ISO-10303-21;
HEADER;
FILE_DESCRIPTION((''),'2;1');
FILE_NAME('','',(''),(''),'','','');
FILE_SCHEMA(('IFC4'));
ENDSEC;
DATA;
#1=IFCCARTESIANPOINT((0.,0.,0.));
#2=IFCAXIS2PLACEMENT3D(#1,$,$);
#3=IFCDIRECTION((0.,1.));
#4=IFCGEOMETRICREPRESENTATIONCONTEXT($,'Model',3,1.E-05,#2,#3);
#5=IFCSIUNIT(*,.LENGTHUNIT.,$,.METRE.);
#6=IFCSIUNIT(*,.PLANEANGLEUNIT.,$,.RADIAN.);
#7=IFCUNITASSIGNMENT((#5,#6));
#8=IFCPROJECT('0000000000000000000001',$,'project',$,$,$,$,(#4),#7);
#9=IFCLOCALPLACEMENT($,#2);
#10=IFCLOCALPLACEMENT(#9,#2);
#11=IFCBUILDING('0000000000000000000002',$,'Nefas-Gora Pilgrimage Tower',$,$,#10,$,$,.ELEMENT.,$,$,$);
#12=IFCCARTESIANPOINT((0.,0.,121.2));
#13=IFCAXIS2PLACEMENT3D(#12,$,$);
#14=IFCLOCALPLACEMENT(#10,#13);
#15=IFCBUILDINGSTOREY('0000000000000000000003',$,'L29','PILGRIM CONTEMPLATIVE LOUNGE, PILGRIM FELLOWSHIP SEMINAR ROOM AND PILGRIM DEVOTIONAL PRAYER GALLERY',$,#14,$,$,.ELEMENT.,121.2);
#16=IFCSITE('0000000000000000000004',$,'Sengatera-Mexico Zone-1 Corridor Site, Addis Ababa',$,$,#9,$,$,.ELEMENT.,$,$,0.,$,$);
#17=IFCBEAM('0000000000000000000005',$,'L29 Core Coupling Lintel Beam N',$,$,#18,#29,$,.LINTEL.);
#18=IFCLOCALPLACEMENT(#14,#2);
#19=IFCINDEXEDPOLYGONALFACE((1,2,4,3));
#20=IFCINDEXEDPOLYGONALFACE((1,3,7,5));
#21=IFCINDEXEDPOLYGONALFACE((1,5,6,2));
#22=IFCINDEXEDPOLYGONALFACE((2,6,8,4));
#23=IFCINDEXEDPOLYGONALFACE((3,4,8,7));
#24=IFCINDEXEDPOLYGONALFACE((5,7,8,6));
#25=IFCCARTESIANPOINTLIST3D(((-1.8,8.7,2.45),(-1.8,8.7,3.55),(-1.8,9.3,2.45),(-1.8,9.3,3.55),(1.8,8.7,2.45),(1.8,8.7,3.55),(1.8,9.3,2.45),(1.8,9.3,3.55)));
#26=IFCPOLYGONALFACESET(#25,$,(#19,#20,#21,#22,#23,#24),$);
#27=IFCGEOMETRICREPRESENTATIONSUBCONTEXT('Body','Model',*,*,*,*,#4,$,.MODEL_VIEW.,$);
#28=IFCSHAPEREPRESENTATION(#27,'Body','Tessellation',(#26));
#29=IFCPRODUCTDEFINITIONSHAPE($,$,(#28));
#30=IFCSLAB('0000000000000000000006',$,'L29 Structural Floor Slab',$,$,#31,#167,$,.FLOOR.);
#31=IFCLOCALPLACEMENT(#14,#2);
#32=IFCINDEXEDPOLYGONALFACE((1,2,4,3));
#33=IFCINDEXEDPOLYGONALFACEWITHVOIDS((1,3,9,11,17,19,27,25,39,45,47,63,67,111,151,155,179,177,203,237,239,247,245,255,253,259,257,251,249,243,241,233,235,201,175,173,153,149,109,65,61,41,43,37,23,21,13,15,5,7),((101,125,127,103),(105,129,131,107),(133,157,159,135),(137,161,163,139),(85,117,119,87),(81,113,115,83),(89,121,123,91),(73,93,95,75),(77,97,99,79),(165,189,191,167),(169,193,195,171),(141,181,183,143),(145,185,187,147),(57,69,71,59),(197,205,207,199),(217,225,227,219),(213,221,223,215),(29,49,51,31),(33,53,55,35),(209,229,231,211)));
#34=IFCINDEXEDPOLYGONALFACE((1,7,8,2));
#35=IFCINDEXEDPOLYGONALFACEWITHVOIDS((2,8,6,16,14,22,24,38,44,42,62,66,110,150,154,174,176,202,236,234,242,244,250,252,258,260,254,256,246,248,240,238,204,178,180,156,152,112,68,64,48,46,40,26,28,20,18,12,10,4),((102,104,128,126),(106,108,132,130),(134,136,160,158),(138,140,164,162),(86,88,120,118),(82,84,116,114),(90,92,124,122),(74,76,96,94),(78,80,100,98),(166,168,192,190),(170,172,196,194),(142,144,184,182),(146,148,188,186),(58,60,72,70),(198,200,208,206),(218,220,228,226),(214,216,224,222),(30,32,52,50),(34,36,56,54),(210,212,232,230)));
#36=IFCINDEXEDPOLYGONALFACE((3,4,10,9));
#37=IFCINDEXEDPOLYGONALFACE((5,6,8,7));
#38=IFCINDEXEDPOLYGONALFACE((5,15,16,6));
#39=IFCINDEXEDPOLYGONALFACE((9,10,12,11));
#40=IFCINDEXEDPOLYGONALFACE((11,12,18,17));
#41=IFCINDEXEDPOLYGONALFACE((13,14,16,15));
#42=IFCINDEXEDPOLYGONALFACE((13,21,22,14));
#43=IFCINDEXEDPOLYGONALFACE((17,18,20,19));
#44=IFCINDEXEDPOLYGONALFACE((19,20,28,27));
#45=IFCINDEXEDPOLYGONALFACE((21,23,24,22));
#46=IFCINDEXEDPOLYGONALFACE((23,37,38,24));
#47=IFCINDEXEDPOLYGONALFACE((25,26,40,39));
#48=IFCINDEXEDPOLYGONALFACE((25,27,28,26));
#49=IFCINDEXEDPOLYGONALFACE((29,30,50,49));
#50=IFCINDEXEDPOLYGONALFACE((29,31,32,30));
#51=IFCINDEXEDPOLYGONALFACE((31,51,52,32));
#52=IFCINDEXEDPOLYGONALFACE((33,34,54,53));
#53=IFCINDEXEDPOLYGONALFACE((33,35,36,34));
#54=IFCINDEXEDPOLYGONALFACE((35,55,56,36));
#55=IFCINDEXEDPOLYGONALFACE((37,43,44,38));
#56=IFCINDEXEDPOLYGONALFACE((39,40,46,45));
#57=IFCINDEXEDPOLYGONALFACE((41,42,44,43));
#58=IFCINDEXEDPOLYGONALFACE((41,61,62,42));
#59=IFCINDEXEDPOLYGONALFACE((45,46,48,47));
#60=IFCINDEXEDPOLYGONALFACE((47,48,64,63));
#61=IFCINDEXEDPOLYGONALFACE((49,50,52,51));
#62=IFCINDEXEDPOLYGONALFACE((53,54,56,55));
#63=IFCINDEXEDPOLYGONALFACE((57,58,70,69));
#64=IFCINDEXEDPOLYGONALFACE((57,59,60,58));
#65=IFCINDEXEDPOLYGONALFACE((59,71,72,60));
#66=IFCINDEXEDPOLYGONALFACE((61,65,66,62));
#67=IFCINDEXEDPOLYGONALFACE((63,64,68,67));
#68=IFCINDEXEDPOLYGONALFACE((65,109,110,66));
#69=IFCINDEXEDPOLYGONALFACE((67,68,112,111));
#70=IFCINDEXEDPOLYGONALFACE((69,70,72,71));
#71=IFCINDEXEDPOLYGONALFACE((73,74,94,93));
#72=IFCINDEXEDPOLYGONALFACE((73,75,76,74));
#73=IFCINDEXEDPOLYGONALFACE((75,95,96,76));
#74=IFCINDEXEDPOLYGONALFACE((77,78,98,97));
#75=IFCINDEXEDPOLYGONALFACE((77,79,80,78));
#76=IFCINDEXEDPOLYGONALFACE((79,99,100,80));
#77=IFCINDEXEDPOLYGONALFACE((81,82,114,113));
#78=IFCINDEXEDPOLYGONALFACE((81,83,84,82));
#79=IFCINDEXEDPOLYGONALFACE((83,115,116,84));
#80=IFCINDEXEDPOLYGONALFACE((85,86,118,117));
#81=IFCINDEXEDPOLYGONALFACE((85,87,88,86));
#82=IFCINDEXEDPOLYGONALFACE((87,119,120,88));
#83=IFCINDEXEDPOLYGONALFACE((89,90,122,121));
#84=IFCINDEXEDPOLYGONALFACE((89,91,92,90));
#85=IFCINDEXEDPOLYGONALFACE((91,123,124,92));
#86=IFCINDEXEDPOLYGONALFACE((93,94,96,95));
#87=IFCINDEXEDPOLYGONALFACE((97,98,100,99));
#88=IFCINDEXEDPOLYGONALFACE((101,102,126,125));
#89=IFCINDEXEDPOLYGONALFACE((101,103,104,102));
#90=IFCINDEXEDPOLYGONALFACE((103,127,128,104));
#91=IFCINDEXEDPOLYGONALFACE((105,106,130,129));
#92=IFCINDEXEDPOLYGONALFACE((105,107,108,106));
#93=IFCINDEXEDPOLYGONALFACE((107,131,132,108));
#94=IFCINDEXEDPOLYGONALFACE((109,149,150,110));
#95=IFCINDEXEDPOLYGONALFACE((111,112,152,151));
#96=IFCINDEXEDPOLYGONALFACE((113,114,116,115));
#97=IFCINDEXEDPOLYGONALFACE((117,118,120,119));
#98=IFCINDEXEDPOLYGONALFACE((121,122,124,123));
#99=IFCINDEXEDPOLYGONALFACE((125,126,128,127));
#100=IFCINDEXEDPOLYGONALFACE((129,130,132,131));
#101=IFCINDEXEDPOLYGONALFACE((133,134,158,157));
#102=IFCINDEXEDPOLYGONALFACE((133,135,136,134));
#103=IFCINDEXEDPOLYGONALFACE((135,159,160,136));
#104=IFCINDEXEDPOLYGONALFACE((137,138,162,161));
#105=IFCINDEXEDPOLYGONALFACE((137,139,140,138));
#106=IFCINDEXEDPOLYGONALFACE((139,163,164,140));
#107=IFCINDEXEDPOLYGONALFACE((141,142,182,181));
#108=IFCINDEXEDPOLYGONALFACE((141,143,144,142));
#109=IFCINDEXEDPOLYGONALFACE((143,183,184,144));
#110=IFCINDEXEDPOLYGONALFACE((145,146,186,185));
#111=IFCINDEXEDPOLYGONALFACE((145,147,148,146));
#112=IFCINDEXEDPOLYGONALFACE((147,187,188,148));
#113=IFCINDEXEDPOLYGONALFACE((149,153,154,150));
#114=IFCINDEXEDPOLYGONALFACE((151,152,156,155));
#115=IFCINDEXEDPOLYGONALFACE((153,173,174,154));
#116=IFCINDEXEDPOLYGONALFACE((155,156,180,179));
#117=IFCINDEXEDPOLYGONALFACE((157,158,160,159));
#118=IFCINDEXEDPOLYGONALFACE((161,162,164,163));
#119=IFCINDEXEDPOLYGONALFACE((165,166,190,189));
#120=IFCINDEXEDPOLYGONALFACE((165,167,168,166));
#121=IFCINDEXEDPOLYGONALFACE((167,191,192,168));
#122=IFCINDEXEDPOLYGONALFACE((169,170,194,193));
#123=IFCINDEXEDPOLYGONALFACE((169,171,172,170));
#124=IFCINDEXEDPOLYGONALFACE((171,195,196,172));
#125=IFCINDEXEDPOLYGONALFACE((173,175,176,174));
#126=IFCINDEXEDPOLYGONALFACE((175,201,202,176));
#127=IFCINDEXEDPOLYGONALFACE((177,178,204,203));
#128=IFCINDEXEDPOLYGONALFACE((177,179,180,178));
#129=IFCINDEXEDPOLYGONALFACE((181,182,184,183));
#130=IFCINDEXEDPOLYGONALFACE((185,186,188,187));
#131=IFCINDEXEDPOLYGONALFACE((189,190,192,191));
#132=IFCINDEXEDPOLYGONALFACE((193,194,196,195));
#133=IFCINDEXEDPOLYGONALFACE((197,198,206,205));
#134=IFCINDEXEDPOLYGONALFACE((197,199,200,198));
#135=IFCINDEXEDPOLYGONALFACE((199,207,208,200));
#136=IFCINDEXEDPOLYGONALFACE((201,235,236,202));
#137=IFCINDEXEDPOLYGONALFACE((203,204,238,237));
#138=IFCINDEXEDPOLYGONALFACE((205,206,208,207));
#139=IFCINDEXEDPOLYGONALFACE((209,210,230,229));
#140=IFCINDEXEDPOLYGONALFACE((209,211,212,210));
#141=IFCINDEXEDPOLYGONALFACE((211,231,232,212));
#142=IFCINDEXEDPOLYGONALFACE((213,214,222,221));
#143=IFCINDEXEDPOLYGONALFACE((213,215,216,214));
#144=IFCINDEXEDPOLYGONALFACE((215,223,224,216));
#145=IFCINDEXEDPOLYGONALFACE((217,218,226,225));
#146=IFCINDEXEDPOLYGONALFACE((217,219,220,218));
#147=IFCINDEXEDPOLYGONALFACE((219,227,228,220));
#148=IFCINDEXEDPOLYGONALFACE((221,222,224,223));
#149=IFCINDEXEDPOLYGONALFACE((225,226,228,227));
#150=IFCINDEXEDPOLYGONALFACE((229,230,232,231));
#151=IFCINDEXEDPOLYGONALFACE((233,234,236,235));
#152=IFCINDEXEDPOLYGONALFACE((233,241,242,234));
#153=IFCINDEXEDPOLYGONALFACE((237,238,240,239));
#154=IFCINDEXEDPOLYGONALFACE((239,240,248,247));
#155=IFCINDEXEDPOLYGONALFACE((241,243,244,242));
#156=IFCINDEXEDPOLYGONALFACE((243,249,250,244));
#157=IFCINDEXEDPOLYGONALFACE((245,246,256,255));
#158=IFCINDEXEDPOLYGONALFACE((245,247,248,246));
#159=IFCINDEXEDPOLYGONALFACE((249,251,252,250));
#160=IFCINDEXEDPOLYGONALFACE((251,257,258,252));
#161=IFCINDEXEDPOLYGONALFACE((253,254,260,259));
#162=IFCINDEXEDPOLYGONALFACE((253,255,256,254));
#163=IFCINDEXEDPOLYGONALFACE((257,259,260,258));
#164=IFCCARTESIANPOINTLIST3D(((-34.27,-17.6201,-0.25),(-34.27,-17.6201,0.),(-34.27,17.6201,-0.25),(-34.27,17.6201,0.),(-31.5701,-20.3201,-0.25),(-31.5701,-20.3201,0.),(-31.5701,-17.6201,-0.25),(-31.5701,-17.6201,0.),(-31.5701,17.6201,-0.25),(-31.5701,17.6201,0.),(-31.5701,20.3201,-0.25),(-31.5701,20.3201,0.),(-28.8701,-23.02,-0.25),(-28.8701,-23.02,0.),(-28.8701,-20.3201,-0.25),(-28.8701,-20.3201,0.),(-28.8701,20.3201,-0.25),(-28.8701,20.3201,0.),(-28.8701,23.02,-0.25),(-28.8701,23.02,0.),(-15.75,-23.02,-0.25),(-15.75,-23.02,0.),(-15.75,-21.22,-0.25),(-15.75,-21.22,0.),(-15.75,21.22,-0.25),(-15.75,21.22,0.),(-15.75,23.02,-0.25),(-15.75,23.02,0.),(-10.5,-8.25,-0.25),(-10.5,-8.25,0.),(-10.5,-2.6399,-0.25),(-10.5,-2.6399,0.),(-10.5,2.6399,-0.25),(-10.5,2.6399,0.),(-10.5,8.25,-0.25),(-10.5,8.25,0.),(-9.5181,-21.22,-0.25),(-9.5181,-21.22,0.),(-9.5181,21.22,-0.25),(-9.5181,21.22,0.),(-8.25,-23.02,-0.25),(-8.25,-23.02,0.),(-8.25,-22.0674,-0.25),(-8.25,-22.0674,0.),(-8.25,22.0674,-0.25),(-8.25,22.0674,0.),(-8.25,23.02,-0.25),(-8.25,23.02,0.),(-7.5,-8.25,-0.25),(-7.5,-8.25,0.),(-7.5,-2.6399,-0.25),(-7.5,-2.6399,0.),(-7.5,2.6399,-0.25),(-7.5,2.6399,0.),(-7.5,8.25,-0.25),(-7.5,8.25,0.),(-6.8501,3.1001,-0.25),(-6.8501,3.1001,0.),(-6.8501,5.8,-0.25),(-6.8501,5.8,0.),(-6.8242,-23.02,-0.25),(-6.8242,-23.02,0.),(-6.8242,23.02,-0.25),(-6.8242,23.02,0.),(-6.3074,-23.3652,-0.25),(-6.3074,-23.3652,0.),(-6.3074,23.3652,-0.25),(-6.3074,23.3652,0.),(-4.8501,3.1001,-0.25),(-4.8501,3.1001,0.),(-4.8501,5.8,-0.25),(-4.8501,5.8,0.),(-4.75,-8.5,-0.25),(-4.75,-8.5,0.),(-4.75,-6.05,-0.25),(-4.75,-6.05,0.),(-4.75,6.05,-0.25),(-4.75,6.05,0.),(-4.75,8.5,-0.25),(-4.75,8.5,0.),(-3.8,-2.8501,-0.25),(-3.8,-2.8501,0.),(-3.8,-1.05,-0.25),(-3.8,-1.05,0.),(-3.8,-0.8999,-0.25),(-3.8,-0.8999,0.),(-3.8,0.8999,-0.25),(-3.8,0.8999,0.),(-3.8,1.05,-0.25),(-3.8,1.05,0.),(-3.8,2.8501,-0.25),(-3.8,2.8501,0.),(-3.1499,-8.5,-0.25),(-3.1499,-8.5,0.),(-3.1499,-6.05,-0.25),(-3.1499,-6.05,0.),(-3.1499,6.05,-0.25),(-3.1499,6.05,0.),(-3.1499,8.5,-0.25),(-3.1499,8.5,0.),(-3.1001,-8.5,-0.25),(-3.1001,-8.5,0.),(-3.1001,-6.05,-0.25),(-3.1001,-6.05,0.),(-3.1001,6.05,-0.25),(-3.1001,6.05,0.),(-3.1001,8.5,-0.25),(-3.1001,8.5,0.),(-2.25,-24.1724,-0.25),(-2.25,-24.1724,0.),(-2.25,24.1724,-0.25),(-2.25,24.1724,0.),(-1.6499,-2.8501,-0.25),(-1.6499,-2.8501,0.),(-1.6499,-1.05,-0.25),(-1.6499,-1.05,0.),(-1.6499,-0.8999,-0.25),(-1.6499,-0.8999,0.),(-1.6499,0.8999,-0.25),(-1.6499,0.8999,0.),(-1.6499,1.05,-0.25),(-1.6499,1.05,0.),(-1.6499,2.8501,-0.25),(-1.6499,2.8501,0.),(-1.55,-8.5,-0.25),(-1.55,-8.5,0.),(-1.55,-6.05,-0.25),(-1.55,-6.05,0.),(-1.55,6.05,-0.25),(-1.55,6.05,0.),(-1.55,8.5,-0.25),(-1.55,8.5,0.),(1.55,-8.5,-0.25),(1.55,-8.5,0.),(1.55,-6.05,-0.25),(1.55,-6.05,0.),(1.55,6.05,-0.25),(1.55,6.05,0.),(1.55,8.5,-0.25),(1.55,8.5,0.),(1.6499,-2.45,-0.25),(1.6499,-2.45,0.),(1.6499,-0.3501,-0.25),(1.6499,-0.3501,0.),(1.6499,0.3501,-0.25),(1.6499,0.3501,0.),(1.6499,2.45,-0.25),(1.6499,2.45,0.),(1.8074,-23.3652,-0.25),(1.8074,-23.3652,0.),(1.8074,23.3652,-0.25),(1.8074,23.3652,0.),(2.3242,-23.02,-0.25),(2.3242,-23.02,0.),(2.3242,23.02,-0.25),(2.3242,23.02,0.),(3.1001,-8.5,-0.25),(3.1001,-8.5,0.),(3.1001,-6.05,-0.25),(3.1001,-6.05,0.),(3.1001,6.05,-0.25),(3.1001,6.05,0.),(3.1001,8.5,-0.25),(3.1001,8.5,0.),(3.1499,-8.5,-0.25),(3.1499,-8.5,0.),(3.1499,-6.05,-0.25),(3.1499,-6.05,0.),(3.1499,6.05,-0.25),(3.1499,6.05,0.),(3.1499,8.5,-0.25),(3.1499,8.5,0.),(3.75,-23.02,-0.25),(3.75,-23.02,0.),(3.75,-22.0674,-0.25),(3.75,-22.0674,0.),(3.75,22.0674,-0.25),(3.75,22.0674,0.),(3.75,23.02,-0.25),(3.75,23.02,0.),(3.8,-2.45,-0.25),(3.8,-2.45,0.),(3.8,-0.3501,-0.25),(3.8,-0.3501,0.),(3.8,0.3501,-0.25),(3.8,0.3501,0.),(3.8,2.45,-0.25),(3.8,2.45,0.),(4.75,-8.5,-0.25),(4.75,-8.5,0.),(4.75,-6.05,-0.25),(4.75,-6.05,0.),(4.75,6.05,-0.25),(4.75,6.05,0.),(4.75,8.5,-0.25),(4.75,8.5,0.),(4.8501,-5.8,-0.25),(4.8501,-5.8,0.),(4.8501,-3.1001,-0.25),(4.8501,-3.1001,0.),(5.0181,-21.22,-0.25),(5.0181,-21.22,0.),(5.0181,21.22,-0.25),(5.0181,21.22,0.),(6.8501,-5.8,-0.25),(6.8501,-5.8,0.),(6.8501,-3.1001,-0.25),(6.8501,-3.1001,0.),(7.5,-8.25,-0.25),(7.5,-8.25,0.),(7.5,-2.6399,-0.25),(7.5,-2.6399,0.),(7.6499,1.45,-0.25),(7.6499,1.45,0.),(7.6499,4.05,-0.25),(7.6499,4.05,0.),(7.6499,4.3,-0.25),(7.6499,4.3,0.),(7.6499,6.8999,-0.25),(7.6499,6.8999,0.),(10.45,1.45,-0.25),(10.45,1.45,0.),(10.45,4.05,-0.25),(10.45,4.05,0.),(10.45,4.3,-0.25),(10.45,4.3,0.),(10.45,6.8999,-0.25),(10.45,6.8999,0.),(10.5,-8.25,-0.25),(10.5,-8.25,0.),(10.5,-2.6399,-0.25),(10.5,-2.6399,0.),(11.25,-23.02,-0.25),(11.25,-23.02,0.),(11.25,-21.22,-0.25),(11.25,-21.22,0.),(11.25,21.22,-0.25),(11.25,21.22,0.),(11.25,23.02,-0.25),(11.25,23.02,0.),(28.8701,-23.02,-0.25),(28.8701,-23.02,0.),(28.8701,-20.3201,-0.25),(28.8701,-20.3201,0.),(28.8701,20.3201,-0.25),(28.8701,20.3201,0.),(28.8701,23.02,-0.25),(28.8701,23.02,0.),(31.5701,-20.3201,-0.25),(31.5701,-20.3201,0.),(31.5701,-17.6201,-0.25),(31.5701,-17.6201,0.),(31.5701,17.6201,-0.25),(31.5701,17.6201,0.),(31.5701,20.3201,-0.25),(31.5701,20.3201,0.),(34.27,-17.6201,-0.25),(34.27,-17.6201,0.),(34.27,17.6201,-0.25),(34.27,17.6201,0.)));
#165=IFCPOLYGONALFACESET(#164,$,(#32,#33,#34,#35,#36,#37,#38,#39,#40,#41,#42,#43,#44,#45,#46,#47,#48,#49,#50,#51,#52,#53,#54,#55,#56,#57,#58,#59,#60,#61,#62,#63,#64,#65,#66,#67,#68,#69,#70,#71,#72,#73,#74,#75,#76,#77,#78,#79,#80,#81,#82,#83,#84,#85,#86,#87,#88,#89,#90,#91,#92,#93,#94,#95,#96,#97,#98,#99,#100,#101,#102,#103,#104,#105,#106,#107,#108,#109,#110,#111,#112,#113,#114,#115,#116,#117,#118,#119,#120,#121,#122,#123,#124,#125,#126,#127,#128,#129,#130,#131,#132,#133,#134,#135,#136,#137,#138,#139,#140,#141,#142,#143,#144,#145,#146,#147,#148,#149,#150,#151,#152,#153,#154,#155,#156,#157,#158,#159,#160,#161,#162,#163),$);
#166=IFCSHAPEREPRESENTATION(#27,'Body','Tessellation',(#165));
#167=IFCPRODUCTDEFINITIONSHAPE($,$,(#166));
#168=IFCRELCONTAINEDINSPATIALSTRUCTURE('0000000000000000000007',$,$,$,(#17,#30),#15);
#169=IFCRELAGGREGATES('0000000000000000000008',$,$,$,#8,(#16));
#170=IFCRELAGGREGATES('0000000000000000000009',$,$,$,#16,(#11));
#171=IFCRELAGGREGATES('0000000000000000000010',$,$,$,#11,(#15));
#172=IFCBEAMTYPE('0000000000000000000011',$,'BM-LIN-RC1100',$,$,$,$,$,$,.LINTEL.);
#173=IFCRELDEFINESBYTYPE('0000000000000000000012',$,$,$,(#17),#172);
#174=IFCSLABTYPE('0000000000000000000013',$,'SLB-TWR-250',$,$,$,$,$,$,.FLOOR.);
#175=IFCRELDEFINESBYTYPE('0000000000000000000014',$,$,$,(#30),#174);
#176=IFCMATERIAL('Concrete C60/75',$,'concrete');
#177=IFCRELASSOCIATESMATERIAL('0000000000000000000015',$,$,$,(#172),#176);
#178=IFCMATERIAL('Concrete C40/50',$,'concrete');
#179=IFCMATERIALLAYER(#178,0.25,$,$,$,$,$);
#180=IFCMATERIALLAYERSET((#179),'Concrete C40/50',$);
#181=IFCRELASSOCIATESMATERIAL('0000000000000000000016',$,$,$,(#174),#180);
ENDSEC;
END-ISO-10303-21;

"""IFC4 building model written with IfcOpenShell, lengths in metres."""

from ifc_helpers import new_model, si_unit, direction, frame, origin, origin_2d, place, context, subcontext, project, spatial, polyline, rectangle, outline, extrude, source, transform, mapped, material, layer, layer_set, material_profile, profile_set, type_object, element, save


model = new_model("IFC4")

# Units and contexts
model_context = context("Model", 3, precision=1e-05, world=origin(), true_north=direction((0.0, 1.0)))
body_context = subcontext(model_context, "Body", "Model", "MODEL_VIEW")
ifc_project = project(units=[si_unit("LENGTHUNIT", "METRE"), si_unit("PLANEANGLEUNIT", "RADIAN")], contexts=[model_context])

# Site, building, storey
site_placement = place(None, origin())
site = spatial("IfcSite", under=ifc_project, at=site_placement, Name="Sengatera-Mexico Zone-1 Corridor Site, Addis Ababa", CompositionType="ELEMENT", RefElevation=0.0)
building_placement = place(site_placement, origin())
building = spatial("IfcBuilding", under=site, at=building_placement, Name="Nefas-Gora Pilgrimage Tower", CompositionType="ELEMENT")
storey_placement = place(building_placement, frame((0.0, 0.0, 121.2)))
storey = spatial("IfcBuildingStorey", under=building, at=storey_placement, Name="L29", Description="PILGRIM CONTEMPLATIVE LOUNGE, PILGRIM FELLOWSHIP SEMINAR ROOM AND PILGRIM DEVOTIONAL PRAYER GALLERY", CompositionType="ELEMENT", Elevation=121.2)

# Beam
ifc_material_1 = material(Name="Concrete C60/75", Category="concrete")
ifc_material_profile = material_profile(ifc_material_1, rectangle(XDim=0.6001, YDim=1.1001, at=origin_2d()), Name="RC 600x1100")
ifc_profile_set = profile_set([ifc_material_profile], Name="Concrete C60/75")
beam_type = type_object("IfcBeamType", Name="BM-LIN-RC1100", PredefinedType="LINTEL", material=ifc_profile_set)
shared_shape_1 = source(origin(), body_context, "Body", "SweptSolid", [
    extrude(rectangle(XDim=0.6001, YDim=1.1001, at=origin_2d()), origin(), (0.0, 0.0, 1.0), 3.6001),
])
beam_placement = place(storey_placement, frame((-1.8, 9.0, 3.0), z_axis=(1.0, 0.0, 0.0), x_axis=(0.0, 1.0, 0.0)))
element("IfcBeam", 1, at=beam_placement, inside=storey, type_object=beam_type, Name="L29 Core Coupling Lintel Beam N", PredefinedType="LINTEL", context=body_context, shape_type="MappedRepresentation", body=[
    mapped(shared_shape_1, transform((0.0, 0.0, 0.0), x_axis=(1.0, 0.0, 0.0), y_axis=(0.0, 1.0, 0.0), z_axis=(0.0, 0.0, 1.0), scale=1.0)),
])

# Slab
ifc_material_2 = material(Name="Concrete C40/50", Category="concrete")
ifc_layer_1 = layer(ifc_material_2, 0.25)
ifc_layer_set_1 = layer_set([ifc_layer_1], Name="Concrete C40/50")
slab_type_1 = type_object("IfcSlabType", Name="SLB-TWR-250", PredefinedType="FLOOR", material=ifc_layer_set_1)
slab_1_placement = place(storey_placement, frame((0.0, 0.0, -0.25)))
element("IfcSlab", 2, at=slab_1_placement, inside=storey, type_object=slab_type_1, Name="L29 Structural Floor Slab", PredefinedType="FLOOR", context=body_context, shape_type="SweptSolid", body=[
    extrude(outline(polyline([(5.0181, -21.22), (11.25, -21.22), (11.25, -23.02), (28.8701, -23.02), (28.8701, -20.3201), (31.5701, -20.3201), (31.5701, -17.6201), (34.27, -17.6201), (34.27, 17.6201), (31.5701, 17.6201), (31.5701, 20.3201), (28.8701, 20.3201), (28.8701, 23.02), (11.25, 23.02), (11.25, 21.22), (5.0181, 21.22), (3.75, 22.0674), (3.75, 23.02), (2.3242, 23.02), (1.8074, 23.3652), (-2.25, 24.1724), (-6.3074, 23.3652), (-6.8242, 23.02), (-8.25, 23.02), (-8.25, 22.0674), (-9.5181, 21.22), (-15.75, 21.22), (-15.75, 23.02), (-28.8701, 23.02), (-28.8701, 20.3201), (-31.5701, 20.3201), (-31.5701, 17.6201), (-34.27, 17.6201), (-34.27, -17.6201), (-31.5701, -17.6201), (-31.5701, -20.3201), (-28.8701, -20.3201), (-28.8701, -23.02), (-15.75, -23.02), (-15.75, -21.22), (-9.5181, -21.22), (-8.25, -22.0674), (-8.25, -23.02), (-6.8242, -23.02), (-6.3074, -23.3652), (-2.25, -24.1724), (1.8074, -23.3652), (2.3242, -23.02), (3.75, -23.02), (3.75, -22.0674), (5.0181, -21.22)]), holes=[polyline([(-10.5, 2.6399), (-10.5, 8.25), (-7.5, 8.25), (-7.5, 2.6399), (-10.5, 2.6399)]), polyline([(10.5, -2.6399), (10.5, -8.25), (7.5, -8.25), (7.5, -2.6399), (10.5, -2.6399)]), polyline([(-7.5, -2.6399), (-7.5, -8.25), (-10.5, -8.25), (-10.5, -2.6399), (-7.5, -2.6399)]), polyline([(-6.8501, 5.8), (-4.8501, 5.8), (-4.8501, 3.1001), (-6.8501, 3.1001), (-6.8501, 5.8)]), polyline([(4.8501, -3.1001), (6.8501, -3.1001), (6.8501, -5.8), (4.8501, -5.8), (4.8501, -3.1001)]), polyline([(7.6499, 4.05), (10.45, 4.05), (10.45, 1.45), (7.6499, 1.45), (7.6499, 4.05)]), polyline([(7.6499, 6.8999), (10.45, 6.8999), (10.45, 4.3), (7.6499, 4.3), (7.6499, 6.8999)]), polyline([(-4.75, 8.5), (-3.1499, 8.5), (-3.1499, 6.05), (-4.75, 6.05), (-4.75, 8.5)]), polyline([(-3.1001, 8.5), (-1.55, 8.5), (-1.55, 6.05), (-3.1001, 6.05), (-3.1001, 8.5)]), polyline([(1.55, 8.5), (3.1001, 8.5), (3.1001, 6.05), (1.55, 6.05), (1.55, 8.5)]), polyline([(3.1499, 8.5), (4.75, 8.5), (4.75, 6.05), (3.1499, 6.05), (3.1499, 8.5)]), polyline([(-4.75, -6.05), (-3.1499, -6.05), (-3.1499, -8.5), (-4.75, -8.5), (-4.75, -6.05)]), polyline([(-3.1001, -6.05), (-1.55, -6.05), (-1.55, -8.5), (-3.1001, -8.5), (-3.1001, -6.05)]), polyline([(1.55, -6.05), (3.1001, -6.05), (3.1001, -8.5), (1.55, -8.5), (1.55, -6.05)]), polyline([(3.1499, -6.05), (4.75, -6.05), (4.75, -8.5), (3.1499, -8.5), (3.1499, -6.05)]), polyline([(-3.8, -1.05), (-1.6499, -1.05), (-1.6499, -2.8501), (-3.8, -2.8501), (-3.8, -1.05)]), polyline([(-3.8, 0.8999), (-1.6499, 0.8999), (-1.6499, -0.8999), (-3.8, -0.8999), (-3.8, 0.8999)]), polyline([(-3.8, 2.8501), (-1.6499, 2.8501), (-1.6499, 1.05), (-3.8, 1.05), (-3.8, 2.8501)]), polyline([(1.6499, -0.3501), (3.8, -0.3501), (3.8, -2.45), (1.6499, -2.45), (1.6499, -0.3501)]), polyline([(1.6499, 2.45), (3.8, 2.45), (3.8, 0.3501), (1.6499, 0.3501), (1.6499, 2.45)])]), origin(), (0.0, 0.0, 1.0), 0.25),
])

save(model, "model.ifc")
